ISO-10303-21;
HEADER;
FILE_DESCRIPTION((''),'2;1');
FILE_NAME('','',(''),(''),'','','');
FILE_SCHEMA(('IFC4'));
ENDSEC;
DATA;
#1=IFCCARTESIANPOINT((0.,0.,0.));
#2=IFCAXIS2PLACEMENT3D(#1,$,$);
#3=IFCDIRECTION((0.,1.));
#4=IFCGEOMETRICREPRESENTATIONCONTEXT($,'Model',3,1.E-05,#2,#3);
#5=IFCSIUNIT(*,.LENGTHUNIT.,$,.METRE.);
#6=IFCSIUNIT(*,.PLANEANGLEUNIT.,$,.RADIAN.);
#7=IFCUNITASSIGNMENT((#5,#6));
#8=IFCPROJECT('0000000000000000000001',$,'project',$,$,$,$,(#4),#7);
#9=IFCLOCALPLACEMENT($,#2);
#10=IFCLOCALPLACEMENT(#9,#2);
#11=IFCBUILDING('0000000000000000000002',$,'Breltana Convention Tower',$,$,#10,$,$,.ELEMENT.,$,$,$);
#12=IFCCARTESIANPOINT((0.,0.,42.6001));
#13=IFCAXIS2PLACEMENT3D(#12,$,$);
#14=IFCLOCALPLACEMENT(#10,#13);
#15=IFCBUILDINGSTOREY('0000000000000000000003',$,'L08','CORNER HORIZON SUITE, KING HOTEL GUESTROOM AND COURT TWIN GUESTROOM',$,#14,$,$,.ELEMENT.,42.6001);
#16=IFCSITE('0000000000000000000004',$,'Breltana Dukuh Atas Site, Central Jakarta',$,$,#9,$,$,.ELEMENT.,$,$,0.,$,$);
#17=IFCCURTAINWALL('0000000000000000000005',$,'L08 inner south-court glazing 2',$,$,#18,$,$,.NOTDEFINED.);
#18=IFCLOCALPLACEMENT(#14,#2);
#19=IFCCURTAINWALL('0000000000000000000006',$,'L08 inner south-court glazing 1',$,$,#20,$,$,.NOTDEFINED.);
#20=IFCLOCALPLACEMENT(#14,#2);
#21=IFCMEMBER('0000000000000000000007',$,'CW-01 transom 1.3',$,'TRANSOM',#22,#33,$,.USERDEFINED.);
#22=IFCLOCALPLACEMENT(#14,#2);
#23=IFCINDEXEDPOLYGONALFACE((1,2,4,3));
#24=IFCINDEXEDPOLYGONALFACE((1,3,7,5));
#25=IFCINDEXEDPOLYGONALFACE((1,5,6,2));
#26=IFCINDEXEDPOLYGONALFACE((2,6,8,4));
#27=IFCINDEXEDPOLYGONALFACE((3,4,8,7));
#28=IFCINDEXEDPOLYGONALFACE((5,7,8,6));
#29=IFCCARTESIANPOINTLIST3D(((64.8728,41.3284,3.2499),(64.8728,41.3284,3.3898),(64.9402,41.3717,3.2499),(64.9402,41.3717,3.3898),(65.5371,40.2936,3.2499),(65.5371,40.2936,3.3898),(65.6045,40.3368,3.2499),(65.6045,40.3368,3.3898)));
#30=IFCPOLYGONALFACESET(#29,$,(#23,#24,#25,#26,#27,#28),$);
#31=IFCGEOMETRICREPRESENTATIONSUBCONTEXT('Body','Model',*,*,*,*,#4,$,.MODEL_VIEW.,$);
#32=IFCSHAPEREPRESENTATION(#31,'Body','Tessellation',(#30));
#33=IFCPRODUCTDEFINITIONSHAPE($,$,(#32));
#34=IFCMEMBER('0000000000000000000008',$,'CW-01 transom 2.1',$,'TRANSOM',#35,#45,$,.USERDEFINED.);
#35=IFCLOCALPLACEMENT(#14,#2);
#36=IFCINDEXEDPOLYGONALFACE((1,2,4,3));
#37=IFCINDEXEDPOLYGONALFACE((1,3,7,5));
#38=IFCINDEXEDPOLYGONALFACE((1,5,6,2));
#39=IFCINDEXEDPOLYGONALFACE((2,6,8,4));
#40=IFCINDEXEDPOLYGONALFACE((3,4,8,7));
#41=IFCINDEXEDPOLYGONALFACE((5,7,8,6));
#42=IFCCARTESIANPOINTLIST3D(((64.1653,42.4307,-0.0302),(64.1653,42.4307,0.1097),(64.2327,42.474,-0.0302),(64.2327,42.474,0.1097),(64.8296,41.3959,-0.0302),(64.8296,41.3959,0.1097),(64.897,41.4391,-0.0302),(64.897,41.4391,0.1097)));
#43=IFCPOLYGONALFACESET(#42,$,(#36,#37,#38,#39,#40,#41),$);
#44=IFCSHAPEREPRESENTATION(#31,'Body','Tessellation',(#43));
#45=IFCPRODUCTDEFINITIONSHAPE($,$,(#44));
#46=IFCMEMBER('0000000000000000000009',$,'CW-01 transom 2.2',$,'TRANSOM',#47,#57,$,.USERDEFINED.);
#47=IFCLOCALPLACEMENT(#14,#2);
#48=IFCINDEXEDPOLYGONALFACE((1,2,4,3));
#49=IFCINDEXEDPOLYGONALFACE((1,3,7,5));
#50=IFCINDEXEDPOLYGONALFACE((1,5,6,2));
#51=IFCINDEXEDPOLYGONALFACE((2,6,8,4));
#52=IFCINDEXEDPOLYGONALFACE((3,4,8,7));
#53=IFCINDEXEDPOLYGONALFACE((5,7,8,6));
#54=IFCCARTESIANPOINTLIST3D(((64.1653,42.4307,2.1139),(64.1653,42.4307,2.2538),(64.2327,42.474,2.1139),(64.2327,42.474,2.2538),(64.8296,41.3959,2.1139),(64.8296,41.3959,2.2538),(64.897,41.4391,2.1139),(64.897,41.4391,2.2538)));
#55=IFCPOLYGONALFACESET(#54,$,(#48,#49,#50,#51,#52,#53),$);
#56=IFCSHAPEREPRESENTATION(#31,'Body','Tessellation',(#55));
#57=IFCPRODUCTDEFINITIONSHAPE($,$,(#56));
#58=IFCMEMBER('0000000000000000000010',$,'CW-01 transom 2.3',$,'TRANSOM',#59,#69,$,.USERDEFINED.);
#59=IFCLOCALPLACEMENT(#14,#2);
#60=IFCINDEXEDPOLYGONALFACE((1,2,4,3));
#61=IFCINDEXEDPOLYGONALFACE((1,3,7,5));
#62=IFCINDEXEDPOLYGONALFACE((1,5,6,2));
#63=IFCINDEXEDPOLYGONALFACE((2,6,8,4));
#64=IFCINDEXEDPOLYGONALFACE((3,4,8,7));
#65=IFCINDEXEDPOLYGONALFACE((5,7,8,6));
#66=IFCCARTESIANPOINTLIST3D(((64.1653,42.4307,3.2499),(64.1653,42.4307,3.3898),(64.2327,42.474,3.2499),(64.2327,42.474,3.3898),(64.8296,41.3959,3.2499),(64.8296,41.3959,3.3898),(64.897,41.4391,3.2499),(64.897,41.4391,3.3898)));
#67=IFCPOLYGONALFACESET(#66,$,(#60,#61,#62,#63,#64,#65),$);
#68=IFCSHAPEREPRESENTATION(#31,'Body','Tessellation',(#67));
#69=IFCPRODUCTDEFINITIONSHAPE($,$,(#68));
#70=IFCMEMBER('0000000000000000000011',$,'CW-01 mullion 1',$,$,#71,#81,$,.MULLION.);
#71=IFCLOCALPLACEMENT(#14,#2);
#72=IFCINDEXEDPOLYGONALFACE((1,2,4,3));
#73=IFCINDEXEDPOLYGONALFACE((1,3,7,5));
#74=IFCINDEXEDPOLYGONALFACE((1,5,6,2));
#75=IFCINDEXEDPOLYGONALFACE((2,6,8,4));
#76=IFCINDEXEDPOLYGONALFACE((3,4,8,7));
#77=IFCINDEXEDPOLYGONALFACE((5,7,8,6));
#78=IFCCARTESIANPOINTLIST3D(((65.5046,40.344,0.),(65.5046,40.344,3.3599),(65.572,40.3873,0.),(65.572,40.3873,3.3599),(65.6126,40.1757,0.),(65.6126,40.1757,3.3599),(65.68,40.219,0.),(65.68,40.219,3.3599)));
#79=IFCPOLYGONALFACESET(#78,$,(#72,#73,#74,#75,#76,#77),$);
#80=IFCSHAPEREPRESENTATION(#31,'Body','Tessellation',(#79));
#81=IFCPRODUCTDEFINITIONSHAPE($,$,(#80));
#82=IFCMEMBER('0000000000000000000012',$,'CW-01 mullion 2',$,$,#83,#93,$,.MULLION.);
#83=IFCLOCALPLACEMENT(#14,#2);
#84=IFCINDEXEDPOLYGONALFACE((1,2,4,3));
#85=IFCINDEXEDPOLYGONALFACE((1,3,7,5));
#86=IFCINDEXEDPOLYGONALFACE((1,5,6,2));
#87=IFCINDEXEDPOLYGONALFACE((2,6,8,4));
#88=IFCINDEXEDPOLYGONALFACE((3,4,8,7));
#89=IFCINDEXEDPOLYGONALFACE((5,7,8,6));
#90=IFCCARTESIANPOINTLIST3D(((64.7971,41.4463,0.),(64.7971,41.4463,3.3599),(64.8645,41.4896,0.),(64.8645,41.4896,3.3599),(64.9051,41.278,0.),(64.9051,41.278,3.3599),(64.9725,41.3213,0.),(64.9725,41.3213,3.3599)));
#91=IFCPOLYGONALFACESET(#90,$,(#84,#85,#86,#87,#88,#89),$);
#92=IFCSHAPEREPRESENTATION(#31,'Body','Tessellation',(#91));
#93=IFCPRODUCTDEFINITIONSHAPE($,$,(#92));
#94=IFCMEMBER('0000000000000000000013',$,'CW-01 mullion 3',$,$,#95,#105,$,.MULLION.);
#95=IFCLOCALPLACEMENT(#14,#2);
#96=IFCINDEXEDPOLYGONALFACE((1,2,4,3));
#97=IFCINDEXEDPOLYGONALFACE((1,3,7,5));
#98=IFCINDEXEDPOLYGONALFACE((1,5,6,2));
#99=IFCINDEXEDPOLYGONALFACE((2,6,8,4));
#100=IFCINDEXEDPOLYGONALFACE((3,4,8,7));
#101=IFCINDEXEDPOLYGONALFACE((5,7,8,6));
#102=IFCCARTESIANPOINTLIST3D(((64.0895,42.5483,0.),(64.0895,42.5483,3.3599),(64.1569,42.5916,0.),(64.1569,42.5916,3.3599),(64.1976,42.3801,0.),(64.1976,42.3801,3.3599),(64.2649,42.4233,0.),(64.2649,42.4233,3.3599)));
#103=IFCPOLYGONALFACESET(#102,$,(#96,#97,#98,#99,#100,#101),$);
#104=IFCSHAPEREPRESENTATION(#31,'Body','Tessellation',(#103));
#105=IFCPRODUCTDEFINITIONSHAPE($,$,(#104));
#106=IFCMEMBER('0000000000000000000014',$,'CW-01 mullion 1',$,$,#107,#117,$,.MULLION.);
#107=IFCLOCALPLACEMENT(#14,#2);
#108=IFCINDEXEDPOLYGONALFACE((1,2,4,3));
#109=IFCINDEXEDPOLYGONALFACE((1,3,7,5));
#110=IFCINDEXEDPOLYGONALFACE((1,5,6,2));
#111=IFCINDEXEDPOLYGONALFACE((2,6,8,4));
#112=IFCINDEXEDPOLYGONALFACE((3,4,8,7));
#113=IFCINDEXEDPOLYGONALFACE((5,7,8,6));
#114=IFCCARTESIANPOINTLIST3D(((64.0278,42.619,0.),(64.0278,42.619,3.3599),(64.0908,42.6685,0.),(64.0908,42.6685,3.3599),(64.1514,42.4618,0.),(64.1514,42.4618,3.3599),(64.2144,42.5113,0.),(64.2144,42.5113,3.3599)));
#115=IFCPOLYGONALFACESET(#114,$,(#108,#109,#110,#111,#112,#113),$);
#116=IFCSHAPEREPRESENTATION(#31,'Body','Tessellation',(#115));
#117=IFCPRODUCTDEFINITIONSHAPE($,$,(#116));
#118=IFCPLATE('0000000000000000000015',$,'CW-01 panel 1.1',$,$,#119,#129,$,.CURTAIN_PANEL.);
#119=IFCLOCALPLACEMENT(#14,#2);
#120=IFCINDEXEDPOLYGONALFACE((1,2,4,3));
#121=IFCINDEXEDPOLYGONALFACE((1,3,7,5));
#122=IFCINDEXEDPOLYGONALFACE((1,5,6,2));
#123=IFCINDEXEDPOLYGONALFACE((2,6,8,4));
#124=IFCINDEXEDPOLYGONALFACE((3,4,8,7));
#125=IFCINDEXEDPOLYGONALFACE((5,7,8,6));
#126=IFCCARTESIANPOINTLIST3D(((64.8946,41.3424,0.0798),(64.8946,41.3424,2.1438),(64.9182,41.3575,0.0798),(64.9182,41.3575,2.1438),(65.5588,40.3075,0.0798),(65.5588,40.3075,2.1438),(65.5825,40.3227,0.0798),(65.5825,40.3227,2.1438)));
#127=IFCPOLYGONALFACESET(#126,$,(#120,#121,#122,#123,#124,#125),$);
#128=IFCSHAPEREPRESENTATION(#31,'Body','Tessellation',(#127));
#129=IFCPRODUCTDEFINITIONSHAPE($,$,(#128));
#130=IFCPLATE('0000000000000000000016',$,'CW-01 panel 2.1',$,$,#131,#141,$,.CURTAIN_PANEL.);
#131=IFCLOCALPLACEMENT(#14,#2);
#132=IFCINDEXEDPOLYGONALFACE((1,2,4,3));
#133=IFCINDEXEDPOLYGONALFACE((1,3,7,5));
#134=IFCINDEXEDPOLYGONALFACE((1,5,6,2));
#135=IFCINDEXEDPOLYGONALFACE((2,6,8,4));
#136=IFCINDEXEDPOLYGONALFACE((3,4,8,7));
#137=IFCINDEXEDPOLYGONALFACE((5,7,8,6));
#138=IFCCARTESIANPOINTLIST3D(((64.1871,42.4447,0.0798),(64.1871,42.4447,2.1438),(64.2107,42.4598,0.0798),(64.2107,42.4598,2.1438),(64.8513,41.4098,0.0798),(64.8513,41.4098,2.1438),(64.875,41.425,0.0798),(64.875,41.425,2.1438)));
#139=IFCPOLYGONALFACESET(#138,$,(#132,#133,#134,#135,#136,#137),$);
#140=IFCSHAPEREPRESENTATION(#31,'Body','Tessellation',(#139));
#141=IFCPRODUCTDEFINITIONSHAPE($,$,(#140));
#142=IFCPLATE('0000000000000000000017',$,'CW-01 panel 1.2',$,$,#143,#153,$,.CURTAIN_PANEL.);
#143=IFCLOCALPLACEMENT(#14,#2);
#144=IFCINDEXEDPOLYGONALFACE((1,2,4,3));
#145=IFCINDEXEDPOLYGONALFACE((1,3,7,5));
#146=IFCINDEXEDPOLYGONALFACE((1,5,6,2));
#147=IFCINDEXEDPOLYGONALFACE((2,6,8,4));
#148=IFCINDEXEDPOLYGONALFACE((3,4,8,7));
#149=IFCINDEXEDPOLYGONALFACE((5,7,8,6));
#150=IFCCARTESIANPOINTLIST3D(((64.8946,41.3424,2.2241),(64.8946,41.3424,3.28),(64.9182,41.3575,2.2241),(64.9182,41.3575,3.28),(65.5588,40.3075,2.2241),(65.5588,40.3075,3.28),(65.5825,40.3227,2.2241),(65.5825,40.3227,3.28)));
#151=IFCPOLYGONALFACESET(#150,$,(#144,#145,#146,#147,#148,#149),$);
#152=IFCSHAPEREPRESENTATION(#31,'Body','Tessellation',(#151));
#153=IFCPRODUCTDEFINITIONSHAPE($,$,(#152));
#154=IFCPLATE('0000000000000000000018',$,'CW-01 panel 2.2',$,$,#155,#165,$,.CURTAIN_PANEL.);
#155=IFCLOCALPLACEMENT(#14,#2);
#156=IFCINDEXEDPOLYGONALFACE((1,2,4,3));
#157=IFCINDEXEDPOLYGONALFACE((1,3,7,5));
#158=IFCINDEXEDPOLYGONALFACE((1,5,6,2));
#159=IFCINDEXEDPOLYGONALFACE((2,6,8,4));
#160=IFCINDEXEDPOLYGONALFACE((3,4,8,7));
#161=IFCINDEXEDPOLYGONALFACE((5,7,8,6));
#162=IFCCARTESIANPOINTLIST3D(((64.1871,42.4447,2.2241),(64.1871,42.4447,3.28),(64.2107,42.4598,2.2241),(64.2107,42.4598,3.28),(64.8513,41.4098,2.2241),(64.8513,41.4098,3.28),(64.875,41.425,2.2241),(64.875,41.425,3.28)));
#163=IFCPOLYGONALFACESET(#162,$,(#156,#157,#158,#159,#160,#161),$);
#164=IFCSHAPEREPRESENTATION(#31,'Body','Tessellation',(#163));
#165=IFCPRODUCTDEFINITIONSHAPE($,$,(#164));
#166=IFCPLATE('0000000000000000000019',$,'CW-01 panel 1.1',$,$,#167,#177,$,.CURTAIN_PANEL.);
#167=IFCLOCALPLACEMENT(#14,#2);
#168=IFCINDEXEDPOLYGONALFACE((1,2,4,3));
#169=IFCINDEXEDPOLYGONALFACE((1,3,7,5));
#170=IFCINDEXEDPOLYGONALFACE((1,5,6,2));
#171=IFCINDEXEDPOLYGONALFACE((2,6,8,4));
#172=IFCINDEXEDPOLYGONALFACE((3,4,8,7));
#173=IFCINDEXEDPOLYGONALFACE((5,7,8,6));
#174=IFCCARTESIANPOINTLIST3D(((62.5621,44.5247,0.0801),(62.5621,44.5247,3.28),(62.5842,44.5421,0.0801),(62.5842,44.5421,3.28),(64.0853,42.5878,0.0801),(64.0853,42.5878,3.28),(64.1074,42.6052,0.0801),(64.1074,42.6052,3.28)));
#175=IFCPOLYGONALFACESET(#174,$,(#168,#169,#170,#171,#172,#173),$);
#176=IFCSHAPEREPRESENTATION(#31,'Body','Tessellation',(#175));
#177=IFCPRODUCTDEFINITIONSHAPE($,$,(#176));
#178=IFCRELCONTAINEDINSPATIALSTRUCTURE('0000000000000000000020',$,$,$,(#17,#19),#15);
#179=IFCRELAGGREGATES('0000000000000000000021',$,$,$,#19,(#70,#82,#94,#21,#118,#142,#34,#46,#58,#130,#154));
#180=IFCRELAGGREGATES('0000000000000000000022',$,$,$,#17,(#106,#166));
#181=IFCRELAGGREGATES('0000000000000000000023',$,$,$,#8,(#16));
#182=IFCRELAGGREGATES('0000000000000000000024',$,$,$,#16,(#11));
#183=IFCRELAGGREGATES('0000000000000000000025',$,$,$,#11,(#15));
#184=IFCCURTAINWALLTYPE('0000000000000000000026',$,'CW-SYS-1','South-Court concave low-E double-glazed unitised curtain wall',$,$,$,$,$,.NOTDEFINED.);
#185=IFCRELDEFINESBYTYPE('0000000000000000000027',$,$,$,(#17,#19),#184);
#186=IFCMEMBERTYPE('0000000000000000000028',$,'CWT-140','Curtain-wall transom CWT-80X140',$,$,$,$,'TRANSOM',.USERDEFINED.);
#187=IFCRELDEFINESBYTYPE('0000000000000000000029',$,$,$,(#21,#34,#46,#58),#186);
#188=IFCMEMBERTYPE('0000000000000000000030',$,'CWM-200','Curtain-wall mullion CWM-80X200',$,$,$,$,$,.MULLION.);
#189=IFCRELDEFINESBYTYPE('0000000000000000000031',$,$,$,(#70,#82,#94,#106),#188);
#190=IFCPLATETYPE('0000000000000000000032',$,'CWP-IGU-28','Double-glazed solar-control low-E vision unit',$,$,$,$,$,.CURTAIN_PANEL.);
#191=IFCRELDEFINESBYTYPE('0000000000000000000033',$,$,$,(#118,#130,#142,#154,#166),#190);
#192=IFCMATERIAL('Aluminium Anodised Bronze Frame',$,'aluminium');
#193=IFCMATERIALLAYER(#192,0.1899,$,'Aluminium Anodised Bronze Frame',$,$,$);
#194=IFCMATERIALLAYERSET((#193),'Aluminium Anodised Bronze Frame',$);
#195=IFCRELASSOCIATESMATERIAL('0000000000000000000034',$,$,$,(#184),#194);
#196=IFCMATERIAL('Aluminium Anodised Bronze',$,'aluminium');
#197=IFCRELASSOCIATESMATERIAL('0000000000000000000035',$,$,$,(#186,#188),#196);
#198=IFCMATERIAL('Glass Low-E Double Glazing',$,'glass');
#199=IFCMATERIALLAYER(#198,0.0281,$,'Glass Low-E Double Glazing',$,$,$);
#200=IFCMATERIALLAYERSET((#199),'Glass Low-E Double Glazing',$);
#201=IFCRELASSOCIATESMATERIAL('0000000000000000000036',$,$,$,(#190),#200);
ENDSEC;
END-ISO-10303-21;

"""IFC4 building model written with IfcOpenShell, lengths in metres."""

from ifc_helpers import new_model, si_unit, direction, frame, origin, origin_2d, place, context, subcontext, project, spatial, rectangle, extrude, source, transform, mapped, material, layer, layer_set, material_profile, profile_set, type_object, element, aggregate, save


model = new_model("IFC4")

# Units and contexts
model_context = context("Model", 3, precision=1e-05, world=origin(), true_north=direction((0.0, 1.0)))
body_context = subcontext(model_context, "Body", "Model", "MODEL_VIEW")
ifc_project = project(units=[si_unit("LENGTHUNIT", "METRE"), si_unit("PLANEANGLEUNIT", "RADIAN")], contexts=[model_context])

# Site, building, storey
site_placement = place(None, origin())
site = spatial("IfcSite", under=ifc_project, at=site_placement, Name="Breltana Dukuh Atas Site, Central Jakarta", CompositionType="ELEMENT", RefElevation=0.0)
building_placement = place(site_placement, origin())
building = spatial("IfcBuilding", under=site, at=building_placement, Name="Breltana Convention Tower", CompositionType="ELEMENT")
storey_placement = place(building_placement, frame((0.0, 0.0, 42.6001)))
storey = spatial("IfcBuildingStorey", under=building, at=storey_placement, Name="L08", Description="CORNER HORIZON SUITE, KING HOTEL GUESTROOM AND COURT TWIN GUESTROOM", CompositionType="ELEMENT", Elevation=42.6001)

# Curtain walls, members
ifc_material_1 = material(Name="Aluminium Anodised Bronze Frame", Category="aluminium")
ifc_layer_1 = layer(ifc_material_1, 0.1899, Name="Aluminium Anodised Bronze Frame")
ifc_layer_set_1 = layer_set([ifc_layer_1], Name="Aluminium Anodised Bronze Frame")
curtain_wall_type = type_object("IfcCurtainWallType", Name="CW-SYS-1", Description="South-Court concave low-E double-glazed unitised curtain wall", PredefinedType="NOTDEFINED", material=ifc_layer_set_1)
curtain_wall_1_placement = place(storey_placement, origin())
curtain_wall_1 = element("IfcCurtainWall", 1, at=curtain_wall_1_placement, inside=storey, type_object=curtain_wall_type, Name="L08 inner south-court glazing 2", PredefinedType="NOTDEFINED")
ifc_material_2 = material(Name="Aluminium Anodised Bronze", Category="aluminium")
ifc_material_profile_1 = material_profile(ifc_material_2, rectangle(XDim=0.0801, YDim=0.1399, at=origin_2d()), Name="CWT-80X140")
ifc_profile_set_1 = profile_set([ifc_material_profile_1], Name="Aluminium Anodised Bronze")
member_type_1 = type_object("IfcMemberType", Name="CWT-140", Description="Curtain-wall transom CWT-80X140", ElementType="TRANSOM", PredefinedType="USERDEFINED", material=ifc_profile_set_1)
curtain_wall_2_placement = place(storey_placement, origin())
curtain_wall_2 = element("IfcCurtainWall", 2, at=curtain_wall_2_placement, inside=storey, type_object=curtain_wall_type, Name="L08 inner south-court glazing 1", PredefinedType="NOTDEFINED")
shared_shape_1 = source(origin(), body_context, "Body", "SweptSolid", [
    extrude(rectangle(XDim=0.0801, YDim=0.1399, at=origin_2d()), origin(), (0.0, 0.0, 1.0), 1.2297),
])
member_1_placement = place(storey_placement, frame((65.5708, 40.3152, 3.3198), z_axis=(-0.540186, 0.841546, 0.0), x_axis=(-0.841546, -0.540186, 0.0)))
member_1 = element("IfcMember", 3, at=member_1_placement, type_object=member_type_1, Name="CW-01 transom 1.3", ObjectType="TRANSOM", PredefinedType="USERDEFINED", context=body_context, shape_type="MappedRepresentation", body=[
    mapped(shared_shape_1, transform((0.0, 0.0, 0.0), scale=1.0)),
])
member_2_placement = place(storey_placement, frame((64.8633, 41.4175, 0.0398), z_axis=(-0.540186, 0.841546, 0.0), x_axis=(-0.841546, -0.540186, 0.0)))
member_2 = element("IfcMember", 4, at=member_2_placement, type_object=member_type_1, Name="CW-01 transom 2.1", ObjectType="TRANSOM", PredefinedType="USERDEFINED", context=body_context, shape_type="MappedRepresentation", body=[
    mapped(shared_shape_1, transform((0.0, 0.0, 0.0), scale=1.0)),
])
member_3_placement = place(storey_placement, frame((64.8633, 41.4175, 2.1838), z_axis=(-0.540186, 0.841546, 0.0), x_axis=(-0.841546, -0.540186, 0.0)))
member_3 = element("IfcMember", 5, at=member_3_placement, type_object=member_type_1, Name="CW-01 transom 2.2", ObjectType="TRANSOM", PredefinedType="USERDEFINED", context=body_context, shape_type="MappedRepresentation", body=[
    mapped(shared_shape_1, transform((0.0, 0.0, 0.0), scale=1.0)),
])
member_4_placement = place(storey_placement, frame((64.8633, 41.4175, 3.3198), z_axis=(-0.540186, 0.841546, 0.0), x_axis=(-0.841546, -0.540186, 0.0)))
member_4 = element("IfcMember", 6, at=member_4_placement, type_object=member_type_1, Name="CW-01 transom 2.3", ObjectType="TRANSOM", PredefinedType="USERDEFINED", context=body_context, shape_type="MappedRepresentation", body=[
    mapped(shared_shape_1, transform((0.0, 0.0, 0.0), scale=1.0)),
])
ifc_material_profile_2 = material_profile(ifc_material_2, rectangle(XDim=0.0801, YDim=0.2, at=origin_2d()), Name="CWM-80X200")
ifc_profile_set_2 = profile_set([ifc_material_profile_2], Name="Aluminium Anodised Bronze")
member_type_2 = type_object("IfcMemberType", Name="CWM-200", Description="Curtain-wall mullion CWM-80X200", PredefinedType="MULLION", material=ifc_profile_set_2)
shared_shape_2 = source(origin(), body_context, "Body", "SweptSolid", [
    extrude(rectangle(XDim=0.0801, YDim=0.2, at=origin_2d()), origin(), (0.0, 0.0, 1.0), 3.3599),
])
member_5_placement = place(storey_placement, frame((65.5923, 40.2815, 0.0), z_axis=(0.0, 0.0, 1.0), x_axis=(-0.841556, -0.54017, 0.0)))
member_5 = element("IfcMember", 7, at=member_5_placement, type_object=member_type_2, Name="CW-01 mullion 1", PredefinedType="MULLION", context=body_context, shape_type="MappedRepresentation", body=[
    mapped(shared_shape_2, transform((0.0, 0.0, 0.0), scale=1.0)),
])
member_6_placement = place(storey_placement, frame((64.8848, 41.3838, 0.0), z_axis=(0.0, 0.0, 1.0), x_axis=(-0.841556, -0.54017, 0.0)))
member_6 = element("IfcMember", 8, at=member_6_placement, type_object=member_type_2, Name="CW-01 mullion 2", PredefinedType="MULLION", context=body_context, shape_type="MappedRepresentation", body=[
    mapped(shared_shape_2, transform((0.0, 0.0, 0.0), scale=1.0)),
])
member_7_placement = place(storey_placement, frame((64.1772, 42.4858, 0.0), z_axis=(0.0, 0.0, 1.0), x_axis=(-0.841556, -0.54017, 0.0)))
member_7 = element("IfcMember", 9, at=member_7_placement, type_object=member_type_2, Name="CW-01 mullion 3", PredefinedType="MULLION", context=body_context, shape_type="MappedRepresentation", body=[
    mapped(shared_shape_2, transform((0.0, 0.0, 0.0), scale=1.0)),
])

# Member
member_8_placement = place(storey_placement, frame((64.1211, 42.5652, 0.0), z_axis=(0.0, 0.0, 1.0), x_axis=(-0.786058, -0.618153, 0.0)))
member_8 = element("IfcMember", 10, at=member_8_placement, type_object=member_type_2, Name="CW-01 mullion 1", PredefinedType="MULLION", context=body_context, shape_type="MappedRepresentation", body=[
    mapped(shared_shape_2, transform((0.0, 0.0, 0.0), scale=1.0)),
])

# Plates
ifc_material_3 = material(Name="Glass Low-E Double Glazing", Category="glass")
ifc_layer_2 = layer(ifc_material_3, 0.0281, Name="Glass Low-E Double Glazing")
ifc_layer_set_2 = layer_set([ifc_layer_2], Name="Glass Low-E Double Glazing")
plate_type = type_object("IfcPlateType", Name="CWP-IGU-28", Description="Double-glazed solar-control low-E vision unit", PredefinedType="CURTAIN_PANEL", material=ifc_layer_set_2)
shared_shape_3 = source(origin(), body_context, "Body", "SweptSolid", [
    extrude(rectangle(XDim=1.2297, YDim=0.0281, at=origin_2d()), origin(), (0.0, 0.0, 1.0), 2.064),
])
plate_1_placement = place(storey_placement, frame((65.2385, 40.8325, 0.0798), z_axis=(0.0, 0.0, 1.0), x_axis=(-0.54017, 0.841556, 0.0)))
plate_1 = element("IfcPlate", 11, at=plate_1_placement, type_object=plate_type, Name="CW-01 panel 1.1", PredefinedType="CURTAIN_PANEL", context=body_context, shape_type="MappedRepresentation", body=[
    mapped(shared_shape_3, transform((0.0, 0.0, 0.0), scale=1.0)),
])
plate_2_placement = place(storey_placement, frame((64.531, 41.9348, 0.0798), z_axis=(0.0, 0.0, 1.0), x_axis=(-0.54017, 0.841556, 0.0)))
plate_2 = element("IfcPlate", 12, at=plate_2_placement, type_object=plate_type, Name="CW-01 panel 2.1", PredefinedType="CURTAIN_PANEL", context=body_context, shape_type="MappedRepresentation", body=[
    mapped(shared_shape_3, transform((0.0, 0.0, 0.0), scale=1.0)),
])
shared_shape_4 = source(origin(), body_context, "Body", "SweptSolid", [
    extrude(rectangle(XDim=1.2297, YDim=0.0281, at=origin_2d()), origin(), (0.0, 0.0, 1.0), 1.0559),
])
plate_3_placement = place(storey_placement, frame((65.2385, 40.8325, 2.2241), z_axis=(0.0, 0.0, 1.0), x_axis=(-0.54017, 0.841556, 0.0)))
plate_3 = element("IfcPlate", 13, at=plate_3_placement, type_object=plate_type, Name="CW-01 panel 1.2", PredefinedType="CURTAIN_PANEL", context=body_context, shape_type="MappedRepresentation", body=[
    mapped(shared_shape_4, transform((0.0, 0.0, 0.0), scale=1.0)),
])
plate_4_placement = place(storey_placement, frame((64.531, 41.9348, 2.2241), z_axis=(0.0, 0.0, 1.0), x_axis=(-0.54017, 0.841556, 0.0)))
plate_4 = element("IfcPlate", 14, at=plate_4_placement, type_object=plate_type, Name="CW-01 panel 2.2", PredefinedType="CURTAIN_PANEL", context=body_context, shape_type="MappedRepresentation", body=[
    mapped(shared_shape_4, transform((0.0, 0.0, 0.0), scale=1.0)),
])
aggregate(curtain_wall_2, [member_5, member_6, member_7, member_1, plate_1, plate_3, member_2, member_3, member_4, plate_2, plate_4])
shared_shape_5 = source(origin(), body_context, "Body", "SweptSolid", [
    extrude(rectangle(XDim=2.4641, YDim=0.0281, at=origin_2d()), origin(), (0.0, 0.0, 1.0), 3.2),
])
plate_5_placement = place(storey_placement, frame((63.3347, 43.5649, 0.0801), z_axis=(0.0, 0.0, 1.0), x_axis=(-0.618153, 0.786058, 0.0)))
plate_5 = element("IfcPlate", 15, at=plate_5_placement, type_object=plate_type, Name="CW-01 panel 1.1", PredefinedType="CURTAIN_PANEL", context=body_context, shape_type="MappedRepresentation", body=[
    mapped(shared_shape_5, transform((0.0, 0.0, 0.0), scale=1.0)),
])
aggregate(curtain_wall_1, [member_8, plate_5])

save(model, "model.ifc")
